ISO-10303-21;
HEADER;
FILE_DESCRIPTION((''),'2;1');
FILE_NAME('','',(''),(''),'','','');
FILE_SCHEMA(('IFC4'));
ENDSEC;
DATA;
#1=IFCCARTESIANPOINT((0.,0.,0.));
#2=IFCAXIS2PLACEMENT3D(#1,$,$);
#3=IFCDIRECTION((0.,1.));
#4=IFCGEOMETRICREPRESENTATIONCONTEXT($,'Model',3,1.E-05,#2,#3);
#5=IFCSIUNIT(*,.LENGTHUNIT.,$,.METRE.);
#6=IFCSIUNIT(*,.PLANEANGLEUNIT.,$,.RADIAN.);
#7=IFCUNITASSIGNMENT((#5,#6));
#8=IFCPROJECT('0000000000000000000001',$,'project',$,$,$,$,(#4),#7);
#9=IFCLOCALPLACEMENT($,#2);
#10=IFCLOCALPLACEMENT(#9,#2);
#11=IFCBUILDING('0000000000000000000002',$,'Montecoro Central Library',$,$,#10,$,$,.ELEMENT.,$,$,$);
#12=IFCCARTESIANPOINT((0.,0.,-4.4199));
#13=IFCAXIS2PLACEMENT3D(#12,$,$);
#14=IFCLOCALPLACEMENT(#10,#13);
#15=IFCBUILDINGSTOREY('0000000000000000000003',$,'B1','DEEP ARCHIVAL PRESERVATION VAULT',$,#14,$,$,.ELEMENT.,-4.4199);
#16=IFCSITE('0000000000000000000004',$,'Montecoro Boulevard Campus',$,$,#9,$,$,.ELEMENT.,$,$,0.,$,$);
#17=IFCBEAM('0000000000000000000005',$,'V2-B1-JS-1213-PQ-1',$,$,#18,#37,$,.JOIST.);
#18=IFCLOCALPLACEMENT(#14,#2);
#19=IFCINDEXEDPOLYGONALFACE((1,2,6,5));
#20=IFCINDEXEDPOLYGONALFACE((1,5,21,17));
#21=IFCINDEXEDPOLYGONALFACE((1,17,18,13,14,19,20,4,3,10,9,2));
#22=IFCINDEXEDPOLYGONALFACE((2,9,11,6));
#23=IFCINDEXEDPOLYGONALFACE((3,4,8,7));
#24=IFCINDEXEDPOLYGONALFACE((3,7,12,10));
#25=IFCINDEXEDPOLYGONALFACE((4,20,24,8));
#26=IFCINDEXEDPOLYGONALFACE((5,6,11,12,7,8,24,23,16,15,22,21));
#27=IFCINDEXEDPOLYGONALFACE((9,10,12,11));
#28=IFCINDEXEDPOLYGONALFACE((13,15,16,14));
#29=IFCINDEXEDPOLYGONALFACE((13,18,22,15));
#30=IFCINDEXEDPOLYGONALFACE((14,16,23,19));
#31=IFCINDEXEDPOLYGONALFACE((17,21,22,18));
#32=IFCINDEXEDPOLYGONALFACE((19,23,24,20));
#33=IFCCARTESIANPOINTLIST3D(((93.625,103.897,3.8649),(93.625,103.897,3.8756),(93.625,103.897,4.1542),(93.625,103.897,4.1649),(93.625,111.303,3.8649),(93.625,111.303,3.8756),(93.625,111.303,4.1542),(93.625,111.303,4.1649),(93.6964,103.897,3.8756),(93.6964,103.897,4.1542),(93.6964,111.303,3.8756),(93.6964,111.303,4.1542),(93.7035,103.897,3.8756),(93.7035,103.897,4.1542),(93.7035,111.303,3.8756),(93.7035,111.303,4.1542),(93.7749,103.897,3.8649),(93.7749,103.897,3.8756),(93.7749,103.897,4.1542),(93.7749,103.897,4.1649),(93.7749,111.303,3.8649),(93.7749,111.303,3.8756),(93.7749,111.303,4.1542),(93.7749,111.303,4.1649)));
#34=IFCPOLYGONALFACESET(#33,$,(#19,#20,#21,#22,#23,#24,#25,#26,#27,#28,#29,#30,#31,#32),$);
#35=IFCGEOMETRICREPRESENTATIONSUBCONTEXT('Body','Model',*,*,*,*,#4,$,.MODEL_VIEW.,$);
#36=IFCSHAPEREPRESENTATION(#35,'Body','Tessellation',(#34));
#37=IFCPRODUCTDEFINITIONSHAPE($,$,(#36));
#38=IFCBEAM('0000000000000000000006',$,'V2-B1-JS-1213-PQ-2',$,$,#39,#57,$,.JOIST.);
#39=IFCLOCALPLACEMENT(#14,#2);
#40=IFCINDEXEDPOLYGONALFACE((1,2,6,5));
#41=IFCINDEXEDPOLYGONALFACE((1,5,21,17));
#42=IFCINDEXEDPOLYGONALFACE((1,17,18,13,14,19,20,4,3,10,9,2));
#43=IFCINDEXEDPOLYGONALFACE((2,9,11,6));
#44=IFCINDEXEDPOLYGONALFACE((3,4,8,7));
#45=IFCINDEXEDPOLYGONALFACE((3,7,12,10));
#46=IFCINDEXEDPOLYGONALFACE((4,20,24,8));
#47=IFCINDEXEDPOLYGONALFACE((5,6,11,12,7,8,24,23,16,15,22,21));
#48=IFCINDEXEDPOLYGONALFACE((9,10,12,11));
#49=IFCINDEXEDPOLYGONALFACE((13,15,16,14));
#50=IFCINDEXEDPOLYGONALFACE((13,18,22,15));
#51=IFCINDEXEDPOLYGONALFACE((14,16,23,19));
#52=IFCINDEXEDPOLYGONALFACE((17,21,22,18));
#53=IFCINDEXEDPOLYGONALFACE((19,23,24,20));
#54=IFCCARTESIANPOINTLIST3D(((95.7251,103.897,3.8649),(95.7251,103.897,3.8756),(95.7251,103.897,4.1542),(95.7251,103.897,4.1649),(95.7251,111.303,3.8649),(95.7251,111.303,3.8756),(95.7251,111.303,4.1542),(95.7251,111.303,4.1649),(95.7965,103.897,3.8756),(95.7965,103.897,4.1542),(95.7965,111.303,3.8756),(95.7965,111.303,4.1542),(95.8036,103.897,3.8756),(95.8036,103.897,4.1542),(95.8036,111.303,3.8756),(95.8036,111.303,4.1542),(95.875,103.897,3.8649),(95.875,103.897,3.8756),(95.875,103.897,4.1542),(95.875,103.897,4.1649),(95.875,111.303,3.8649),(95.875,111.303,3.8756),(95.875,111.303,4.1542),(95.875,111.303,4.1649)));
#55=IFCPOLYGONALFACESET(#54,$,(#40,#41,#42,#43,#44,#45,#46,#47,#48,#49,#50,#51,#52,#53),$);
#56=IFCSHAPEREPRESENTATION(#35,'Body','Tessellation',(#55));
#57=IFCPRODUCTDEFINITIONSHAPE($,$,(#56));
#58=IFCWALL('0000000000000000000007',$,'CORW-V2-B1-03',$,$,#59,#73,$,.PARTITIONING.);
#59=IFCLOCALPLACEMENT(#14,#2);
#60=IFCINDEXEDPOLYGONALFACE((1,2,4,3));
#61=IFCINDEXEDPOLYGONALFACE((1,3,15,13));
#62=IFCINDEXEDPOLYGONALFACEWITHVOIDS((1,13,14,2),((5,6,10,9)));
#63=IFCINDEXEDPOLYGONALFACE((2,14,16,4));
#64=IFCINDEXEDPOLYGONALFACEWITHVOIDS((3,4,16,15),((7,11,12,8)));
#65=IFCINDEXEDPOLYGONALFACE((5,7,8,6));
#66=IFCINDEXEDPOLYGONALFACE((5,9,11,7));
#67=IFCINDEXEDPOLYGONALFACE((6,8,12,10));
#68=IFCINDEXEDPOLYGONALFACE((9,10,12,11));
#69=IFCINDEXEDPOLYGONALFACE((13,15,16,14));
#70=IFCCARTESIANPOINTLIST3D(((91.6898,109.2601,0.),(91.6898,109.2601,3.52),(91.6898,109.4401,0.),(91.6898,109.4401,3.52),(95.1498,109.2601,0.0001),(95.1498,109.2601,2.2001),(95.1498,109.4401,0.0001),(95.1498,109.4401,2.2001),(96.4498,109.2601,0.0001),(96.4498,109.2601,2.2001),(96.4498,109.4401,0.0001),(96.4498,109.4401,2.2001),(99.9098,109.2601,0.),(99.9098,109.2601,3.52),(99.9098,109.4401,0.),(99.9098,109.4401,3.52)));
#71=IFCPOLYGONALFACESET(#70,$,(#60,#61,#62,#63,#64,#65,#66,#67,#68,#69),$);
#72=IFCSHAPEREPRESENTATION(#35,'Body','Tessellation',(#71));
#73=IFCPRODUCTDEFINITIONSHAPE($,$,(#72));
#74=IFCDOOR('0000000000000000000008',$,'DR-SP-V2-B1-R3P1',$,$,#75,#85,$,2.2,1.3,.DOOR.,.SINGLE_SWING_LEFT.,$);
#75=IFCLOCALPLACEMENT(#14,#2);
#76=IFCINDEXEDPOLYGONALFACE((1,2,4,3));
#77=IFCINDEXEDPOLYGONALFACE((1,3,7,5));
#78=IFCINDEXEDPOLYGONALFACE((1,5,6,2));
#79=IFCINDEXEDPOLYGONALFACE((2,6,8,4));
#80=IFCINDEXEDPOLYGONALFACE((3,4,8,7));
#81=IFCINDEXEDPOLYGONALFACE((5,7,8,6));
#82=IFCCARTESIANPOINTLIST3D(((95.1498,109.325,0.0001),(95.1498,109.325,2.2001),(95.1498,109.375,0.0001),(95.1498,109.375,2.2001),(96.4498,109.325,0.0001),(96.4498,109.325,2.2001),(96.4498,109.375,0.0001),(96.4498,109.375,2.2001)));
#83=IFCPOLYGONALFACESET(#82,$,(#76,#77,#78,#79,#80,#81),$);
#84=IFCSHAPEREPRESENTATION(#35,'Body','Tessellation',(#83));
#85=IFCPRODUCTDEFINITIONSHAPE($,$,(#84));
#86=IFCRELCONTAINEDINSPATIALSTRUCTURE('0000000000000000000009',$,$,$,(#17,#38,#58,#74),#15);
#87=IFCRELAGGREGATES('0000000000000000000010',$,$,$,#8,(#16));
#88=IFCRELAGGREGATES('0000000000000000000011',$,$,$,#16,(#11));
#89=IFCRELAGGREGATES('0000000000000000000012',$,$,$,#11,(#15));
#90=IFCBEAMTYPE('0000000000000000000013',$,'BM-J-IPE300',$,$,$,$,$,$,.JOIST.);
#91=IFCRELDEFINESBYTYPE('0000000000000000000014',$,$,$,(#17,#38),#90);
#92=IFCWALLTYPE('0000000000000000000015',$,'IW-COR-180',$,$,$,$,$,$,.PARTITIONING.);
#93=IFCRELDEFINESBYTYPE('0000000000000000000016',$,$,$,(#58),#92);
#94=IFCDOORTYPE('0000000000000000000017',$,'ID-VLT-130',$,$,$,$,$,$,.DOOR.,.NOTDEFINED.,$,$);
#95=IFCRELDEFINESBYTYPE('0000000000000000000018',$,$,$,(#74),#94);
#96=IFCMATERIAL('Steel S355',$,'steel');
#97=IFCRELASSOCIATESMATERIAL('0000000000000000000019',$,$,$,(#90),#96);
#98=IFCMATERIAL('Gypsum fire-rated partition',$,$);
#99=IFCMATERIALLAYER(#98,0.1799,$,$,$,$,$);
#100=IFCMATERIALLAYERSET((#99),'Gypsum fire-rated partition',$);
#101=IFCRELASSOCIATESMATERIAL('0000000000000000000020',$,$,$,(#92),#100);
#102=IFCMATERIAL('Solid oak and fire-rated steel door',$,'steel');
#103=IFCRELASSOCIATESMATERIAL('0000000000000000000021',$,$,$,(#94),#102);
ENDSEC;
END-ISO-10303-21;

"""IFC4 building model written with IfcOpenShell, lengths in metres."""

from ifc_helpers import new_model, si_unit, direction, frame, frame_2d, origin, origin_2d, place, context, subcontext, project, spatial, rectangle, i_section, extrude, material, layer, layer_set, material_profile, profile_set, type_object, element, fill, save


model = new_model("IFC4")

# Units and contexts
model_context = context("Model", 3, precision=1e-05, world=origin(), true_north=direction((0.0, 1.0)))
body_context = subcontext(model_context, "Body", "Model", "MODEL_VIEW")
ifc_project = project(units=[si_unit("LENGTHUNIT", "METRE"), si_unit("PLANEANGLEUNIT", "RADIAN")], contexts=[model_context])

# Site, building, storey
site_placement = place(None, origin())
site = spatial("IfcSite", under=ifc_project, at=site_placement, Name="Montecoro Boulevard Campus", CompositionType="ELEMENT", RefElevation=0.0)
building_placement = place(site_placement, origin())
building = spatial("IfcBuilding", under=site, at=building_placement, Name="Montecoro Central Library", CompositionType="ELEMENT")
storey_placement = place(building_placement, frame((0.0, 0.0, -4.4199)))
storey = spatial("IfcBuildingStorey", under=building, at=storey_placement, Name="B1", Description="DEEP ARCHIVAL PRESERVATION VAULT", CompositionType="ELEMENT", Elevation=-4.4199)

# Beams
ifc_material_1 = material(Name="Steel S355", Category="steel")
ifc_material_profile_1 = material_profile(ifc_material_1, i_section(OverallWidth=0.1499, OverallDepth=0.3, WebThickness=0.0071, FlangeThickness=0.0107, at=origin_2d()), Name="IPE 300")
ifc_profile_set_1 = profile_set([ifc_material_profile_1], Name="Steel S355")
beam_type_1 = type_object("IfcBeamType", Name="BM-J-IPE300", PredefinedType="JOIST", material=ifc_profile_set_1)
for number, where, z_axis, x_axis, name in (
    (1, (93.7, 103.897, 4.0149), (0.0, 1.0, 0.0), (-1.0, 0.0, 0.0), "V2-B1-JS-1213-PQ-1"),
    (2, (95.8, 103.897, 4.0149), (0.0, 1.0, 0.0), (-1.0, 0.0, 0.0), "V2-B1-JS-1213-PQ-2"),
):
    element("IfcBeam", number, at=place(storey_placement, frame(where, z_axis=z_axis, x_axis=x_axis)), inside=storey, type_object=beam_type_1, Name=name, PredefinedType="JOIST", context=body_context, shape_type="SweptSolid", body=[
        extrude(i_section(OverallWidth=0.1499, OverallDepth=0.3, WebThickness=0.0071, FlangeThickness=0.0107, at=origin_2d()), origin(), (0.0, 0.0, 1.0), 7.406),
    ])

# Wall, opening, door
ifc_material_2 = material(Name="Gypsum fire-rated partition")
ifc_layer = layer(ifc_material_2, 0.1799)
ifc_layer_set = layer_set([ifc_layer], Name="Gypsum fire-rated partition")
wall_type = type_object("IfcWallType", Name="IW-COR-180", PredefinedType="PARTITIONING", material=ifc_layer_set)
wall_placement = place(storey_placement, frame((91.6899, 109.3501, 0.0), z_axis=(0.0, 0.0, 1.0), x_axis=(1.0, 0.0, 0.0)))
wall = element("IfcWall", 3, at=wall_placement, inside=storey, type_object=wall_type, Name="CORW-V2-B1-03", PredefinedType="PARTITIONING", context=body_context, shape_type="SweptSolid", body=[
    extrude(rectangle(XDim=8.22, YDim=0.1799, at=frame_2d((4.1099, 0.0))), origin(), (0.0, 0.0, 1.0), 3.52),
])
opening_placement = place(wall_placement, frame((3.46, 0.0, 0.0)))
opening = element("IfcOpeningElement", 4, at=opening_placement, cuts=wall, PredefinedType="OPENING", context=body_context, shape_type="SweptSolid", body=[
    extrude(rectangle(XDim=1.3, YDim=2.2, at=frame_2d((0.6499, 1.1001))), frame((0.0, 0.0999, 0.0), z_axis=(0.0, -1.0, 0.0), x_axis=(1.0, 0.0, 0.0)), (0.0, 0.0, 1.0), 0.2),
])
ifc_material_3 = material(Name="Solid oak and fire-rated steel door", Category="steel")
door_type = type_object("IfcDoorType", Name="ID-VLT-130", OperationType="NOTDEFINED", PredefinedType="DOOR", material=ifc_material_3)
door_placement = place(opening_placement, origin())
door = element("IfcDoor", 5, at=door_placement, inside=storey, type_object=door_type, Name="DR-SP-V2-B1-R3P1", OperationType="SINGLE_SWING_LEFT", OverallHeight=2.2, OverallWidth=1.3, PredefinedType="DOOR", context=body_context, shape_type="SweptSolid", body=[
    extrude(rectangle(XDim=1.3, YDim=2.2, at=frame_2d((0.6499, 1.1001))), frame((0.0, 0.0249, 0.0), z_axis=(0.0, -1.0, 0.0), x_axis=(1.0, 0.0, 0.0)), (0.0, 0.0, 1.0), 0.05),
])
fill(opening, door)

save(model, "model.ifc")
